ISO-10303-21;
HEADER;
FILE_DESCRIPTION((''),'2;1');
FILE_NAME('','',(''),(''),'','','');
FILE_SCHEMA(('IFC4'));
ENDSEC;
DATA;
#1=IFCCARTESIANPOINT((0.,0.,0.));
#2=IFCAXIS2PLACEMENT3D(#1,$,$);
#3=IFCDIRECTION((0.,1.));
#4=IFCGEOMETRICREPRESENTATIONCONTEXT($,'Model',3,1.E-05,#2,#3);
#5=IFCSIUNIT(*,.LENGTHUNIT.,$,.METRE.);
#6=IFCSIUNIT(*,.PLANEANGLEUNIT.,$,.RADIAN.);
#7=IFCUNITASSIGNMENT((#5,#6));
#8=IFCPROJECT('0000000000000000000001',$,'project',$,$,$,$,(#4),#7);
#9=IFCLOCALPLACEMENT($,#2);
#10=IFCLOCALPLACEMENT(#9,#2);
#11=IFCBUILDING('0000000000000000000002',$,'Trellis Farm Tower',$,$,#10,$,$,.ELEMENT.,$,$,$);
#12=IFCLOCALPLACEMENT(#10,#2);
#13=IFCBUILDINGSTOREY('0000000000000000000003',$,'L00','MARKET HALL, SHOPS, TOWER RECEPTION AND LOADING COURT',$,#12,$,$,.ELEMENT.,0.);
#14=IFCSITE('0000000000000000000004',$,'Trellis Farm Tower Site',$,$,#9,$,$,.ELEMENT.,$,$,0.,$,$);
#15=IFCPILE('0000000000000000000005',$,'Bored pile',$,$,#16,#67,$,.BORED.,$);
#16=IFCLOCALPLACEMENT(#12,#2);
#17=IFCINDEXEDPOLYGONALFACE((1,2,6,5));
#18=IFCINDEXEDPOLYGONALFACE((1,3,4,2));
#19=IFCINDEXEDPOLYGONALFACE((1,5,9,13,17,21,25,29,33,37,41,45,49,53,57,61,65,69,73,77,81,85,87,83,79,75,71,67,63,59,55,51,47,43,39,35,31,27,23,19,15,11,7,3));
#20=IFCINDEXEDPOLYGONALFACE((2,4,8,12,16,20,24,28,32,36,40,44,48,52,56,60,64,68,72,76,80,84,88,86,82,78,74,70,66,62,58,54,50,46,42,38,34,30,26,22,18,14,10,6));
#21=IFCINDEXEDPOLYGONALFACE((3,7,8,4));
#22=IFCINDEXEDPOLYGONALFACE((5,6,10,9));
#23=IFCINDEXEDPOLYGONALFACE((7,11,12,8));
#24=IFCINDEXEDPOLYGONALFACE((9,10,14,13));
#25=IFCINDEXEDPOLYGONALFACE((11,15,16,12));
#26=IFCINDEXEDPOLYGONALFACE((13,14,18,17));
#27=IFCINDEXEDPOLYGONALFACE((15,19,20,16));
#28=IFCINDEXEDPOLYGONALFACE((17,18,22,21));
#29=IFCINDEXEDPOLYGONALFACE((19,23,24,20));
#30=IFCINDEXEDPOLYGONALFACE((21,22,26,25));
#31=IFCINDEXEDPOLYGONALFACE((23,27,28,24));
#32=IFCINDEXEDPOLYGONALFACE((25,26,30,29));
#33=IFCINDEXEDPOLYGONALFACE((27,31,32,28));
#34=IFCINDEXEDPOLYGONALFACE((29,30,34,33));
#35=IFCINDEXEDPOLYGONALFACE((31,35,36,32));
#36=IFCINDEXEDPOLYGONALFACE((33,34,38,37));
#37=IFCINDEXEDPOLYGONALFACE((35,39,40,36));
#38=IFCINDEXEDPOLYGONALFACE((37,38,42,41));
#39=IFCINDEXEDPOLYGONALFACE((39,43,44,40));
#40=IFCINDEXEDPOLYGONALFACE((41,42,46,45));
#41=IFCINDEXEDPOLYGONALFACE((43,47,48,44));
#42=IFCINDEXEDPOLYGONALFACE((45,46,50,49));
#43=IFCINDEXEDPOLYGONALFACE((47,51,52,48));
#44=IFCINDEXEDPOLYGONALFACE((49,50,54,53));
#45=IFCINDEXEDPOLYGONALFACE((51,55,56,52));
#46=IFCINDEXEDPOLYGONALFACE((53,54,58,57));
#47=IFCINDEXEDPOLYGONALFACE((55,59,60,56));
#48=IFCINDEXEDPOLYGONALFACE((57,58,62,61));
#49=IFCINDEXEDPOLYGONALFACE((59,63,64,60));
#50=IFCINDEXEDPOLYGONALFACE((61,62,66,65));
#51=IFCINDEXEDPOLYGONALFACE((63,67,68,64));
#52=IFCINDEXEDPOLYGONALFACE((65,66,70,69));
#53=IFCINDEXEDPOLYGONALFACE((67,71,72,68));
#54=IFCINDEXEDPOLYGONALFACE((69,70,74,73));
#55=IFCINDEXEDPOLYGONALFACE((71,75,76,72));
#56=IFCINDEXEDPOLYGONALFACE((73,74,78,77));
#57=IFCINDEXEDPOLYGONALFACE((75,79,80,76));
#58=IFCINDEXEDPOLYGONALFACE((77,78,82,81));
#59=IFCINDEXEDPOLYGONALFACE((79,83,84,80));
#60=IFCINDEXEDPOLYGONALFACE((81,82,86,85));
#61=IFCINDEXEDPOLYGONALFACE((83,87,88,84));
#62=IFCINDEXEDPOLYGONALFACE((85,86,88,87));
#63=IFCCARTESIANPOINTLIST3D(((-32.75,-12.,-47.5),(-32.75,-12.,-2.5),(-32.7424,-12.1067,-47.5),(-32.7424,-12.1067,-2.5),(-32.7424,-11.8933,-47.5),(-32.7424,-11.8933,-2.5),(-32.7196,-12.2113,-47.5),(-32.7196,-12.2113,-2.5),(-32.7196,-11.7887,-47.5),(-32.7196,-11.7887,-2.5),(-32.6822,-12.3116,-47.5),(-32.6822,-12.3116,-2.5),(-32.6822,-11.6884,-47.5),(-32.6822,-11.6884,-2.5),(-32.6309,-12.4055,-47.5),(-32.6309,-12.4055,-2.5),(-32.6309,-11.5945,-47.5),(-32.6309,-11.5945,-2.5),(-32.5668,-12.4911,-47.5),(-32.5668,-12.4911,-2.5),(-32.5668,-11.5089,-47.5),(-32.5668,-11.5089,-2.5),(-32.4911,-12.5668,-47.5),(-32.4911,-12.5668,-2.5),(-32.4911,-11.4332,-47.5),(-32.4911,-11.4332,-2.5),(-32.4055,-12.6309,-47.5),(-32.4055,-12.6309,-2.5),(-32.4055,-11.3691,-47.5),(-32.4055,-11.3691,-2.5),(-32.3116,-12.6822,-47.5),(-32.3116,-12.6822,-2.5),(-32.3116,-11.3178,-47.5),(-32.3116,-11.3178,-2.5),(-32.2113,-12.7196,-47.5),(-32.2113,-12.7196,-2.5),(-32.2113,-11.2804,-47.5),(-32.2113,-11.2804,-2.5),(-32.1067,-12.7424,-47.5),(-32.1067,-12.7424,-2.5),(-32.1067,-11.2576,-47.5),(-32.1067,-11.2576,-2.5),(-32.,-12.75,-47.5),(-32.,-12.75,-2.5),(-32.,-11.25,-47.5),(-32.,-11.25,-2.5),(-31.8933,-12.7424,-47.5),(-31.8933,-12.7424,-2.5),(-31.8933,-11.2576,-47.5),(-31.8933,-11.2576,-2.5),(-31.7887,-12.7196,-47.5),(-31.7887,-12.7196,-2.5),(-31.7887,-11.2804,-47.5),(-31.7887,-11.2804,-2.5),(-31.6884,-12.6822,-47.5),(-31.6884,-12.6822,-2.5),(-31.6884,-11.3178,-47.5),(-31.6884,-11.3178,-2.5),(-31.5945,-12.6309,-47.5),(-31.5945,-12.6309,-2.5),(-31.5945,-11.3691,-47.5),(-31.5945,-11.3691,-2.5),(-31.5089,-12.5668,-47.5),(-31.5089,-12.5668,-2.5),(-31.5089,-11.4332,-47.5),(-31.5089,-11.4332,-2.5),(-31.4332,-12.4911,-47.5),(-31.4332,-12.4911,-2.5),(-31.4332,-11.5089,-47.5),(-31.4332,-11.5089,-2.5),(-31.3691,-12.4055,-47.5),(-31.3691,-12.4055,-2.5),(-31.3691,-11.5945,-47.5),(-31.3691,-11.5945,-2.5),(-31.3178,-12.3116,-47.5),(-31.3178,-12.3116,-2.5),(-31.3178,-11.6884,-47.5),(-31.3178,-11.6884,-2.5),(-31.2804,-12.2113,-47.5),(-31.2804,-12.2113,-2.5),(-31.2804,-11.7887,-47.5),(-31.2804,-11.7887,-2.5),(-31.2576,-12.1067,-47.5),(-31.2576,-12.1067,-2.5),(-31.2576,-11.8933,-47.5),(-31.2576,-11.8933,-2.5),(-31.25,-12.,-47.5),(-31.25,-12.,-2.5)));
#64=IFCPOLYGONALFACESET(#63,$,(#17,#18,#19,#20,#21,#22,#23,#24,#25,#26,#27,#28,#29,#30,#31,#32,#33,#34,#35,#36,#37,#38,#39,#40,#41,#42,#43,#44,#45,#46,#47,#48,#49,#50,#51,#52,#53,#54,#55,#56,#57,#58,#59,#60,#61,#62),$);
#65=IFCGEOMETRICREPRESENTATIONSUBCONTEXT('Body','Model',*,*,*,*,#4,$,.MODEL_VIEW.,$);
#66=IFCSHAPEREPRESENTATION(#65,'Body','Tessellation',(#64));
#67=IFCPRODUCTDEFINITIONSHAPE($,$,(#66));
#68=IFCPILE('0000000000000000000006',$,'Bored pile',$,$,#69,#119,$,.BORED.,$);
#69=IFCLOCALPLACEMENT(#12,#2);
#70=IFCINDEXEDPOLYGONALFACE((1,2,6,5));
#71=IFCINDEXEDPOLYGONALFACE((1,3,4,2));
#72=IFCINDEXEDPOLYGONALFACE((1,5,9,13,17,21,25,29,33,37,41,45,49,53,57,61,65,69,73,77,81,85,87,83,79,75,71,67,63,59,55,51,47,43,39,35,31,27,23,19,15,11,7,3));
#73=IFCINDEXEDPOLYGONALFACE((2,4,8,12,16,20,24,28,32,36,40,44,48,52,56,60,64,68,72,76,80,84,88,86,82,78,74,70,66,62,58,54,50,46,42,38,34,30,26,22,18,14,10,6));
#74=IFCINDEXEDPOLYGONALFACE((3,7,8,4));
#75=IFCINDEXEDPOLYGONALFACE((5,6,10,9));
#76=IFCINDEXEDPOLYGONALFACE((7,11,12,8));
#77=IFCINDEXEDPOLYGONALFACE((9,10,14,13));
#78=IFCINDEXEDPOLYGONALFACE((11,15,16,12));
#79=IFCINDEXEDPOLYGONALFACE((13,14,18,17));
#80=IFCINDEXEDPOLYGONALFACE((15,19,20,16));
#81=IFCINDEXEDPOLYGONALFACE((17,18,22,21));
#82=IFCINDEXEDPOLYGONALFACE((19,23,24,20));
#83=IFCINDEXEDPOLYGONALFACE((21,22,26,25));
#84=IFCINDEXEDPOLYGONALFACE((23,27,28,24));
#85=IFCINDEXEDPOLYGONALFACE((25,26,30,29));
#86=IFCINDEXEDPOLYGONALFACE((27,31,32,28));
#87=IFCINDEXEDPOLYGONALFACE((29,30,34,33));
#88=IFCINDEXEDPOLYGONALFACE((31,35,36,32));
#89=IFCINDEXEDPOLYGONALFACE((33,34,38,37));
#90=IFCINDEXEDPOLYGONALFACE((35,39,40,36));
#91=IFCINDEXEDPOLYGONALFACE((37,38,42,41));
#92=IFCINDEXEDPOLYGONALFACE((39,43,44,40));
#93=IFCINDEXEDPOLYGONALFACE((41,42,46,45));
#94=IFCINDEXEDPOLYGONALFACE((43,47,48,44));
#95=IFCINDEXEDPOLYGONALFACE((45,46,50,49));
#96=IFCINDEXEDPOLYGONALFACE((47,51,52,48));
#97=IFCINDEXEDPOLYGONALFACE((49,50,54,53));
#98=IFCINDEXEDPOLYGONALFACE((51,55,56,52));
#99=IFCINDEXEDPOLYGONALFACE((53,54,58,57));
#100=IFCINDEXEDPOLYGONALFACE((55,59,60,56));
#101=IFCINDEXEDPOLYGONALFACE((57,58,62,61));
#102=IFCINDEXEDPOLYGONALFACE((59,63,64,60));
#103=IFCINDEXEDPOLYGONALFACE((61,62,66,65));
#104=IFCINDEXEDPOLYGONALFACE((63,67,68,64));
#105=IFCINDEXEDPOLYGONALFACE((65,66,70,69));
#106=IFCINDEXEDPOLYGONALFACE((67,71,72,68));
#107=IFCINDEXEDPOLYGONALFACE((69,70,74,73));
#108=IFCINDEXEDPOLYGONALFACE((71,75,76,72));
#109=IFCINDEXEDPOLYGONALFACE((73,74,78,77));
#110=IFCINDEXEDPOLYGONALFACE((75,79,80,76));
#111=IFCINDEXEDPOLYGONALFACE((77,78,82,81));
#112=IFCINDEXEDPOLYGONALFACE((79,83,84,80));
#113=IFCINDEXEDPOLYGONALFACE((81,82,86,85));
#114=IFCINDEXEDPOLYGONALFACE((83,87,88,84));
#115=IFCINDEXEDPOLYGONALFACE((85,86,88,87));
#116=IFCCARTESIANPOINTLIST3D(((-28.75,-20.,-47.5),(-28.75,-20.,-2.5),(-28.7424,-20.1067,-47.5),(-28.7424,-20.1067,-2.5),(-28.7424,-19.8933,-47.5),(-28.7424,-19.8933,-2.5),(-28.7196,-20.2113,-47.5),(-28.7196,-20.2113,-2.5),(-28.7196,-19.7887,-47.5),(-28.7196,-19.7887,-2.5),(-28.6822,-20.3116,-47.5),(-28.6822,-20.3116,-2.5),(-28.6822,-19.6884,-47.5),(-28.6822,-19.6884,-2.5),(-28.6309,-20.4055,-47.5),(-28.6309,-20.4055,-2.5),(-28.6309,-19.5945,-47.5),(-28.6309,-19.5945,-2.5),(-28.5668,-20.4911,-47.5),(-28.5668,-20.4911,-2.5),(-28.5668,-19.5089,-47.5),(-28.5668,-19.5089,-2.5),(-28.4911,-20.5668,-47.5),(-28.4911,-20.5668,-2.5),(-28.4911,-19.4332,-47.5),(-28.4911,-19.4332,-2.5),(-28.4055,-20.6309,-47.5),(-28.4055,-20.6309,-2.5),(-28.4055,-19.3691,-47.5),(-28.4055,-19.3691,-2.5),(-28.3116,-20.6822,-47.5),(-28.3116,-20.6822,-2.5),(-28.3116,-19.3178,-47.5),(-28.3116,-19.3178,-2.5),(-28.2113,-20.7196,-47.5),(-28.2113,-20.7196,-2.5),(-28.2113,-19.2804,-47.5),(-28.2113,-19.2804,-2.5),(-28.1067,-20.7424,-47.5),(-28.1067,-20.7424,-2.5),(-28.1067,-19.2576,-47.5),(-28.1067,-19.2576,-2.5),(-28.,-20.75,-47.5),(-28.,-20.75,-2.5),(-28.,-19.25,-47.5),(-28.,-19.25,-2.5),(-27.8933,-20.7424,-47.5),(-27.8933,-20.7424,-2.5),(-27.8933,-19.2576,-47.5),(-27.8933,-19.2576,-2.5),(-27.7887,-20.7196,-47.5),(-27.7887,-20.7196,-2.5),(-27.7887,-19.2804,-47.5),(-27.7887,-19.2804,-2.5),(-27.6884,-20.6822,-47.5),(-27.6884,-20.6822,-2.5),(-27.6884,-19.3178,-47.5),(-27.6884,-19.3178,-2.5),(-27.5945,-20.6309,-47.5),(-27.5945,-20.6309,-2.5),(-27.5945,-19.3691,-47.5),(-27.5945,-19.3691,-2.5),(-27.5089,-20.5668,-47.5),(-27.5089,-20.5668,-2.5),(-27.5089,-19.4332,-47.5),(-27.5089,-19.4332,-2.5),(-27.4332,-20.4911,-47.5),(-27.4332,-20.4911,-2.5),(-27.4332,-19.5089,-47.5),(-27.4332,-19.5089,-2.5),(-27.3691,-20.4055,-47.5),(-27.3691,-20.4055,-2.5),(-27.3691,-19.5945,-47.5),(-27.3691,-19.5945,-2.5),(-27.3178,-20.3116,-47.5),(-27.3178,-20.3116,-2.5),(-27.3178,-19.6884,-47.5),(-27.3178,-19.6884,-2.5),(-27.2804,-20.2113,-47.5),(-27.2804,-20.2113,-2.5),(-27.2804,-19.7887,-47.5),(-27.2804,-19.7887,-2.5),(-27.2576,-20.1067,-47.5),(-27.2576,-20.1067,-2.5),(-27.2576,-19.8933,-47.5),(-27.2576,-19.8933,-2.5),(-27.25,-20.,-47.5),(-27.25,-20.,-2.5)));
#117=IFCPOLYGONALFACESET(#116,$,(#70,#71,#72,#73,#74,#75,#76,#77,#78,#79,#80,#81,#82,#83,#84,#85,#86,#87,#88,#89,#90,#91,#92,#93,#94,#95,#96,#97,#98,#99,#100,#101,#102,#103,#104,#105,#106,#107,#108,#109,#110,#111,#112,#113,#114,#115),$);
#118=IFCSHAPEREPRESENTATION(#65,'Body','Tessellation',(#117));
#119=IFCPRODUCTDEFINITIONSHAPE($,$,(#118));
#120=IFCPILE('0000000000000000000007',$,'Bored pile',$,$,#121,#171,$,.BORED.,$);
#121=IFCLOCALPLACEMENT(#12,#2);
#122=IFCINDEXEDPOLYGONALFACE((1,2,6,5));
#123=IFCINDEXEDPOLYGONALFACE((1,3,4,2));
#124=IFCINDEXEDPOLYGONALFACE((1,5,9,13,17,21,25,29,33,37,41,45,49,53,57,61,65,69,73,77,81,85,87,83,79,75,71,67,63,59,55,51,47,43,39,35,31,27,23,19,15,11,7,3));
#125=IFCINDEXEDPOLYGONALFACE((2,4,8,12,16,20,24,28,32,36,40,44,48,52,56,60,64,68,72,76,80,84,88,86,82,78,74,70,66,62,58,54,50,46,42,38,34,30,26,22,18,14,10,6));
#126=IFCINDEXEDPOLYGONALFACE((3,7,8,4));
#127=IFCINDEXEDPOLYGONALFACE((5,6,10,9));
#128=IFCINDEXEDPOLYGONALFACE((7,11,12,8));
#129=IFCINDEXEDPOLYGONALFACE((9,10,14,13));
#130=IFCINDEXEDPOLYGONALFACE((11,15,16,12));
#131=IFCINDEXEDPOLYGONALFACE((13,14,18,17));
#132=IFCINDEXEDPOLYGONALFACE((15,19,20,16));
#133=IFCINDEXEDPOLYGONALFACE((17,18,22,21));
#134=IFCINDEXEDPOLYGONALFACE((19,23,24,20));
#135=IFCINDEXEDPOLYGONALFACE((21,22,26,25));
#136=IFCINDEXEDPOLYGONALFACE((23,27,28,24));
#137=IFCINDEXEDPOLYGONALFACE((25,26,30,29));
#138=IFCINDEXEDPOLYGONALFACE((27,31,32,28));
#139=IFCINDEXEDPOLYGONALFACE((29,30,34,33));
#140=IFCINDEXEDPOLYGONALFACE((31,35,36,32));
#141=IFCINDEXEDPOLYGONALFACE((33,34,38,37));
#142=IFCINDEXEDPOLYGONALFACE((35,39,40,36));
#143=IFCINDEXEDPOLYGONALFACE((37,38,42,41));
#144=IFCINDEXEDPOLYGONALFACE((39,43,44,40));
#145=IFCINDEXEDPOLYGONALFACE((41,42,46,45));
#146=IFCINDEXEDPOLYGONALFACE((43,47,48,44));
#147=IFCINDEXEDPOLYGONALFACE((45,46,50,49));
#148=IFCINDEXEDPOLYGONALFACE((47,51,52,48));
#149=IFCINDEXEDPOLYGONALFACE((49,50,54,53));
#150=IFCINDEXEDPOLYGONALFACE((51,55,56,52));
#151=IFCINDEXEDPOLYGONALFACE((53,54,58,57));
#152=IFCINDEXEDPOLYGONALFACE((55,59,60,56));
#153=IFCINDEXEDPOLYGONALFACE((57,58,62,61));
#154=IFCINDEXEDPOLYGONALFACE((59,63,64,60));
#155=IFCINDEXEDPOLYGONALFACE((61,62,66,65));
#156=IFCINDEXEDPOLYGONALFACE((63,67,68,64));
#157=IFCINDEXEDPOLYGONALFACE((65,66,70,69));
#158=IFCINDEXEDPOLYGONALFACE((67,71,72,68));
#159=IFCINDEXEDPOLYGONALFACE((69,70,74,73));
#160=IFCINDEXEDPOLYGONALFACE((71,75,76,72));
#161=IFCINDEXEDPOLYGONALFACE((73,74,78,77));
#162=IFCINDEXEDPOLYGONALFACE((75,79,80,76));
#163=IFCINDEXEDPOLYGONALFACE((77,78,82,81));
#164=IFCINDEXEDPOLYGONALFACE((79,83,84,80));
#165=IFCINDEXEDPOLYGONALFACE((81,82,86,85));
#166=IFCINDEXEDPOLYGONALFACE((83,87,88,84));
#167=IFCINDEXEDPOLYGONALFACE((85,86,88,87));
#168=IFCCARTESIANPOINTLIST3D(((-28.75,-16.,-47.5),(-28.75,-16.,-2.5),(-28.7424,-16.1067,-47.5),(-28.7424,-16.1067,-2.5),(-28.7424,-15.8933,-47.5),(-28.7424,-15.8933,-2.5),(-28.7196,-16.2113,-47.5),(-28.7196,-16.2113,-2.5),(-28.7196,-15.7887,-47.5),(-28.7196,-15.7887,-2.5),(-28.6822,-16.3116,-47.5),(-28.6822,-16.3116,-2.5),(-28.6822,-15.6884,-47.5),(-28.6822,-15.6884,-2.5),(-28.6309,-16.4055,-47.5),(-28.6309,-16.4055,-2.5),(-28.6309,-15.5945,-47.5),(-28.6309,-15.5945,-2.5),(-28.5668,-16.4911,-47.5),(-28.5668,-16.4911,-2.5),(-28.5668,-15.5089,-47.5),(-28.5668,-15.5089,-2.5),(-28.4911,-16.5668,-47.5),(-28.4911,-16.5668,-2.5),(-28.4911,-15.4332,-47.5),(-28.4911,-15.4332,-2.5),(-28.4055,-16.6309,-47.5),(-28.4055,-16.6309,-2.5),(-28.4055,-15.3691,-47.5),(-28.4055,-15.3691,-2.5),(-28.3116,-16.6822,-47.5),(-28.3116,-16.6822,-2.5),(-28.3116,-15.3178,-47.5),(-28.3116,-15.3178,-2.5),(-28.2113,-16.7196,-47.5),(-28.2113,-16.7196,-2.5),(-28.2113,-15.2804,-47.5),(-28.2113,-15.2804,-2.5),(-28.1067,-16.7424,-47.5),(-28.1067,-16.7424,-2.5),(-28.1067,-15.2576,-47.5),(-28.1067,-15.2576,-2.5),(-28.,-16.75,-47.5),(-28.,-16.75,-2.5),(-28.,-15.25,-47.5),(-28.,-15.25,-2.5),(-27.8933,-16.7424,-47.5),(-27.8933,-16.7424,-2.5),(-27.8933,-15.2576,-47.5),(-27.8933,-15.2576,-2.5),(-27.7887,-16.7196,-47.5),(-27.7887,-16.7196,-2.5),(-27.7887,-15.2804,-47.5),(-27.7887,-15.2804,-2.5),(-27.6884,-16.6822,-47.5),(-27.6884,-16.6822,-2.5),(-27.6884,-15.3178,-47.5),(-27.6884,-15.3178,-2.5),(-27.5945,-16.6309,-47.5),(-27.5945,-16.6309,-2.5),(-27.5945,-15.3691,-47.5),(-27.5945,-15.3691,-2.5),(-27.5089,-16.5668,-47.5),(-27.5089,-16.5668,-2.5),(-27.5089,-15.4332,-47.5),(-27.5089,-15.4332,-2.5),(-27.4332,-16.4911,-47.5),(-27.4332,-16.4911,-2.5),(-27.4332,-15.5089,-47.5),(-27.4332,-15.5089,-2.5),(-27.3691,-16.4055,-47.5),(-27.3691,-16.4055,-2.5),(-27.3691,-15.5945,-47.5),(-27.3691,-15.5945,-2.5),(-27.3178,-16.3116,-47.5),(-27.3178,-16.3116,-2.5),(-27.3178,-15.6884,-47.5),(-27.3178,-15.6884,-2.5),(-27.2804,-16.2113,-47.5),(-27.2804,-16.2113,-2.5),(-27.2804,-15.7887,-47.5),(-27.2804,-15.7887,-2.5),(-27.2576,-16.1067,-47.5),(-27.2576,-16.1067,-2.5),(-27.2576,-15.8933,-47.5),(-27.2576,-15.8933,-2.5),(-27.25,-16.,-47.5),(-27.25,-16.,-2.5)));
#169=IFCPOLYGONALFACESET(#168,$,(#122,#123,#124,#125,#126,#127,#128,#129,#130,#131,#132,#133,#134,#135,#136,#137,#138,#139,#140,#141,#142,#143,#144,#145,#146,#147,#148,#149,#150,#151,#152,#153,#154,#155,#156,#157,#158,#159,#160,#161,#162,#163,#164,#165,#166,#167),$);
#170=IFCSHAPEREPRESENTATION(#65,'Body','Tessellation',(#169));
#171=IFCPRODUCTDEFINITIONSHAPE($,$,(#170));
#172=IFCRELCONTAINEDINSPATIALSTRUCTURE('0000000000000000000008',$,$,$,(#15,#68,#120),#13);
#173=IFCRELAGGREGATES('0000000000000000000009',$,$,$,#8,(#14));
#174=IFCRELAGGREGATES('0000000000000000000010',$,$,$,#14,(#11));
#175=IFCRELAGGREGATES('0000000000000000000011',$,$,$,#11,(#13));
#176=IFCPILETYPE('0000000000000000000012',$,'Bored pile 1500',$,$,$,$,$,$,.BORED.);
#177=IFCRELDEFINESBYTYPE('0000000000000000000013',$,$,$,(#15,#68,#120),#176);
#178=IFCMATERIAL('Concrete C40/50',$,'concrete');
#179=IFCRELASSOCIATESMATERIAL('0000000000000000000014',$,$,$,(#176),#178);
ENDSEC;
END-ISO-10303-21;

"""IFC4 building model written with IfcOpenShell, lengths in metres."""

from ifc_helpers import new_model, si_unit, direction, frame, origin, origin_2d, place, context, subcontext, project, spatial, circle, extrude, source, transform, mapped, material, material_profile, profile_set, type_object, element, save


model = new_model("IFC4")

# Units and contexts
model_context = context("Model", 3, precision=1e-05, world=origin(), true_north=direction((0.0, 1.0)))
body_context = subcontext(model_context, "Body", "Model", "MODEL_VIEW")
ifc_project = project(units=[si_unit("LENGTHUNIT", "METRE"), si_unit("PLANEANGLEUNIT", "RADIAN")], contexts=[model_context])

# Site, building, storey
site_placement = place(None, origin())
site = spatial("IfcSite", under=ifc_project, at=site_placement, Name="Trellis Farm Tower Site", CompositionType="ELEMENT", RefElevation=0.0)
building_placement = place(site_placement, origin())
building = spatial("IfcBuilding", under=site, at=building_placement, Name="Trellis Farm Tower", CompositionType="ELEMENT")
storey_placement = place(building_placement, origin())
storey = spatial("IfcBuildingStorey", under=building, at=storey_placement, Name="L00", Description="MARKET HALL, SHOPS, TOWER RECEPTION AND LOADING COURT", CompositionType="ELEMENT", Elevation=0.0)

# Piles
ifc_material_1 = material(Name="Concrete C40/50", Category="concrete")
ifc_material_profile_1 = material_profile(ifc_material_1, circle(Radius=0.75, at=origin_2d()), Name="Bored pile 1500")
ifc_profile_set_1 = profile_set([ifc_material_profile_1], Name="Concrete C40/50")
pile_type = type_object("IfcPileType", Name="Bored pile 1500", PredefinedType="BORED", material=ifc_profile_set_1)
shared_shape_1 = source(origin(), body_context, "Body", "SweptSolid", [
    extrude(circle(Radius=0.75, at=origin_2d()), origin(), (0.0, 0.0, 1.0), 45.0),
])
for number, where, z_axis, x_axis, name in (
    (1, (-32.0, -12.0, -2.5), (0.0, 0.0, -1.0), (1.0, 0.0, 0.0), "Bored pile"),
    (2, (-28.0, -20.0, -2.5), (0.0, 0.0, -1.0), (1.0, 0.0, 0.0), "Bored pile"),
    (3, (-28.0, -16.0, -2.5), (0.0, 0.0, -1.0), (1.0, 0.0, 0.0), "Bored pile"),
):
    element("IfcPile", number, at=place(storey_placement, frame(where, z_axis=z_axis, x_axis=x_axis)), inside=storey, type_object=pile_type, Name=name, PredefinedType="BORED", context=body_context, shape_type="MappedRepresentation", body=[
        mapped(shared_shape_1, transform((0.0, 0.0, 0.0))),
    ])

save(model, "model.ifc")
